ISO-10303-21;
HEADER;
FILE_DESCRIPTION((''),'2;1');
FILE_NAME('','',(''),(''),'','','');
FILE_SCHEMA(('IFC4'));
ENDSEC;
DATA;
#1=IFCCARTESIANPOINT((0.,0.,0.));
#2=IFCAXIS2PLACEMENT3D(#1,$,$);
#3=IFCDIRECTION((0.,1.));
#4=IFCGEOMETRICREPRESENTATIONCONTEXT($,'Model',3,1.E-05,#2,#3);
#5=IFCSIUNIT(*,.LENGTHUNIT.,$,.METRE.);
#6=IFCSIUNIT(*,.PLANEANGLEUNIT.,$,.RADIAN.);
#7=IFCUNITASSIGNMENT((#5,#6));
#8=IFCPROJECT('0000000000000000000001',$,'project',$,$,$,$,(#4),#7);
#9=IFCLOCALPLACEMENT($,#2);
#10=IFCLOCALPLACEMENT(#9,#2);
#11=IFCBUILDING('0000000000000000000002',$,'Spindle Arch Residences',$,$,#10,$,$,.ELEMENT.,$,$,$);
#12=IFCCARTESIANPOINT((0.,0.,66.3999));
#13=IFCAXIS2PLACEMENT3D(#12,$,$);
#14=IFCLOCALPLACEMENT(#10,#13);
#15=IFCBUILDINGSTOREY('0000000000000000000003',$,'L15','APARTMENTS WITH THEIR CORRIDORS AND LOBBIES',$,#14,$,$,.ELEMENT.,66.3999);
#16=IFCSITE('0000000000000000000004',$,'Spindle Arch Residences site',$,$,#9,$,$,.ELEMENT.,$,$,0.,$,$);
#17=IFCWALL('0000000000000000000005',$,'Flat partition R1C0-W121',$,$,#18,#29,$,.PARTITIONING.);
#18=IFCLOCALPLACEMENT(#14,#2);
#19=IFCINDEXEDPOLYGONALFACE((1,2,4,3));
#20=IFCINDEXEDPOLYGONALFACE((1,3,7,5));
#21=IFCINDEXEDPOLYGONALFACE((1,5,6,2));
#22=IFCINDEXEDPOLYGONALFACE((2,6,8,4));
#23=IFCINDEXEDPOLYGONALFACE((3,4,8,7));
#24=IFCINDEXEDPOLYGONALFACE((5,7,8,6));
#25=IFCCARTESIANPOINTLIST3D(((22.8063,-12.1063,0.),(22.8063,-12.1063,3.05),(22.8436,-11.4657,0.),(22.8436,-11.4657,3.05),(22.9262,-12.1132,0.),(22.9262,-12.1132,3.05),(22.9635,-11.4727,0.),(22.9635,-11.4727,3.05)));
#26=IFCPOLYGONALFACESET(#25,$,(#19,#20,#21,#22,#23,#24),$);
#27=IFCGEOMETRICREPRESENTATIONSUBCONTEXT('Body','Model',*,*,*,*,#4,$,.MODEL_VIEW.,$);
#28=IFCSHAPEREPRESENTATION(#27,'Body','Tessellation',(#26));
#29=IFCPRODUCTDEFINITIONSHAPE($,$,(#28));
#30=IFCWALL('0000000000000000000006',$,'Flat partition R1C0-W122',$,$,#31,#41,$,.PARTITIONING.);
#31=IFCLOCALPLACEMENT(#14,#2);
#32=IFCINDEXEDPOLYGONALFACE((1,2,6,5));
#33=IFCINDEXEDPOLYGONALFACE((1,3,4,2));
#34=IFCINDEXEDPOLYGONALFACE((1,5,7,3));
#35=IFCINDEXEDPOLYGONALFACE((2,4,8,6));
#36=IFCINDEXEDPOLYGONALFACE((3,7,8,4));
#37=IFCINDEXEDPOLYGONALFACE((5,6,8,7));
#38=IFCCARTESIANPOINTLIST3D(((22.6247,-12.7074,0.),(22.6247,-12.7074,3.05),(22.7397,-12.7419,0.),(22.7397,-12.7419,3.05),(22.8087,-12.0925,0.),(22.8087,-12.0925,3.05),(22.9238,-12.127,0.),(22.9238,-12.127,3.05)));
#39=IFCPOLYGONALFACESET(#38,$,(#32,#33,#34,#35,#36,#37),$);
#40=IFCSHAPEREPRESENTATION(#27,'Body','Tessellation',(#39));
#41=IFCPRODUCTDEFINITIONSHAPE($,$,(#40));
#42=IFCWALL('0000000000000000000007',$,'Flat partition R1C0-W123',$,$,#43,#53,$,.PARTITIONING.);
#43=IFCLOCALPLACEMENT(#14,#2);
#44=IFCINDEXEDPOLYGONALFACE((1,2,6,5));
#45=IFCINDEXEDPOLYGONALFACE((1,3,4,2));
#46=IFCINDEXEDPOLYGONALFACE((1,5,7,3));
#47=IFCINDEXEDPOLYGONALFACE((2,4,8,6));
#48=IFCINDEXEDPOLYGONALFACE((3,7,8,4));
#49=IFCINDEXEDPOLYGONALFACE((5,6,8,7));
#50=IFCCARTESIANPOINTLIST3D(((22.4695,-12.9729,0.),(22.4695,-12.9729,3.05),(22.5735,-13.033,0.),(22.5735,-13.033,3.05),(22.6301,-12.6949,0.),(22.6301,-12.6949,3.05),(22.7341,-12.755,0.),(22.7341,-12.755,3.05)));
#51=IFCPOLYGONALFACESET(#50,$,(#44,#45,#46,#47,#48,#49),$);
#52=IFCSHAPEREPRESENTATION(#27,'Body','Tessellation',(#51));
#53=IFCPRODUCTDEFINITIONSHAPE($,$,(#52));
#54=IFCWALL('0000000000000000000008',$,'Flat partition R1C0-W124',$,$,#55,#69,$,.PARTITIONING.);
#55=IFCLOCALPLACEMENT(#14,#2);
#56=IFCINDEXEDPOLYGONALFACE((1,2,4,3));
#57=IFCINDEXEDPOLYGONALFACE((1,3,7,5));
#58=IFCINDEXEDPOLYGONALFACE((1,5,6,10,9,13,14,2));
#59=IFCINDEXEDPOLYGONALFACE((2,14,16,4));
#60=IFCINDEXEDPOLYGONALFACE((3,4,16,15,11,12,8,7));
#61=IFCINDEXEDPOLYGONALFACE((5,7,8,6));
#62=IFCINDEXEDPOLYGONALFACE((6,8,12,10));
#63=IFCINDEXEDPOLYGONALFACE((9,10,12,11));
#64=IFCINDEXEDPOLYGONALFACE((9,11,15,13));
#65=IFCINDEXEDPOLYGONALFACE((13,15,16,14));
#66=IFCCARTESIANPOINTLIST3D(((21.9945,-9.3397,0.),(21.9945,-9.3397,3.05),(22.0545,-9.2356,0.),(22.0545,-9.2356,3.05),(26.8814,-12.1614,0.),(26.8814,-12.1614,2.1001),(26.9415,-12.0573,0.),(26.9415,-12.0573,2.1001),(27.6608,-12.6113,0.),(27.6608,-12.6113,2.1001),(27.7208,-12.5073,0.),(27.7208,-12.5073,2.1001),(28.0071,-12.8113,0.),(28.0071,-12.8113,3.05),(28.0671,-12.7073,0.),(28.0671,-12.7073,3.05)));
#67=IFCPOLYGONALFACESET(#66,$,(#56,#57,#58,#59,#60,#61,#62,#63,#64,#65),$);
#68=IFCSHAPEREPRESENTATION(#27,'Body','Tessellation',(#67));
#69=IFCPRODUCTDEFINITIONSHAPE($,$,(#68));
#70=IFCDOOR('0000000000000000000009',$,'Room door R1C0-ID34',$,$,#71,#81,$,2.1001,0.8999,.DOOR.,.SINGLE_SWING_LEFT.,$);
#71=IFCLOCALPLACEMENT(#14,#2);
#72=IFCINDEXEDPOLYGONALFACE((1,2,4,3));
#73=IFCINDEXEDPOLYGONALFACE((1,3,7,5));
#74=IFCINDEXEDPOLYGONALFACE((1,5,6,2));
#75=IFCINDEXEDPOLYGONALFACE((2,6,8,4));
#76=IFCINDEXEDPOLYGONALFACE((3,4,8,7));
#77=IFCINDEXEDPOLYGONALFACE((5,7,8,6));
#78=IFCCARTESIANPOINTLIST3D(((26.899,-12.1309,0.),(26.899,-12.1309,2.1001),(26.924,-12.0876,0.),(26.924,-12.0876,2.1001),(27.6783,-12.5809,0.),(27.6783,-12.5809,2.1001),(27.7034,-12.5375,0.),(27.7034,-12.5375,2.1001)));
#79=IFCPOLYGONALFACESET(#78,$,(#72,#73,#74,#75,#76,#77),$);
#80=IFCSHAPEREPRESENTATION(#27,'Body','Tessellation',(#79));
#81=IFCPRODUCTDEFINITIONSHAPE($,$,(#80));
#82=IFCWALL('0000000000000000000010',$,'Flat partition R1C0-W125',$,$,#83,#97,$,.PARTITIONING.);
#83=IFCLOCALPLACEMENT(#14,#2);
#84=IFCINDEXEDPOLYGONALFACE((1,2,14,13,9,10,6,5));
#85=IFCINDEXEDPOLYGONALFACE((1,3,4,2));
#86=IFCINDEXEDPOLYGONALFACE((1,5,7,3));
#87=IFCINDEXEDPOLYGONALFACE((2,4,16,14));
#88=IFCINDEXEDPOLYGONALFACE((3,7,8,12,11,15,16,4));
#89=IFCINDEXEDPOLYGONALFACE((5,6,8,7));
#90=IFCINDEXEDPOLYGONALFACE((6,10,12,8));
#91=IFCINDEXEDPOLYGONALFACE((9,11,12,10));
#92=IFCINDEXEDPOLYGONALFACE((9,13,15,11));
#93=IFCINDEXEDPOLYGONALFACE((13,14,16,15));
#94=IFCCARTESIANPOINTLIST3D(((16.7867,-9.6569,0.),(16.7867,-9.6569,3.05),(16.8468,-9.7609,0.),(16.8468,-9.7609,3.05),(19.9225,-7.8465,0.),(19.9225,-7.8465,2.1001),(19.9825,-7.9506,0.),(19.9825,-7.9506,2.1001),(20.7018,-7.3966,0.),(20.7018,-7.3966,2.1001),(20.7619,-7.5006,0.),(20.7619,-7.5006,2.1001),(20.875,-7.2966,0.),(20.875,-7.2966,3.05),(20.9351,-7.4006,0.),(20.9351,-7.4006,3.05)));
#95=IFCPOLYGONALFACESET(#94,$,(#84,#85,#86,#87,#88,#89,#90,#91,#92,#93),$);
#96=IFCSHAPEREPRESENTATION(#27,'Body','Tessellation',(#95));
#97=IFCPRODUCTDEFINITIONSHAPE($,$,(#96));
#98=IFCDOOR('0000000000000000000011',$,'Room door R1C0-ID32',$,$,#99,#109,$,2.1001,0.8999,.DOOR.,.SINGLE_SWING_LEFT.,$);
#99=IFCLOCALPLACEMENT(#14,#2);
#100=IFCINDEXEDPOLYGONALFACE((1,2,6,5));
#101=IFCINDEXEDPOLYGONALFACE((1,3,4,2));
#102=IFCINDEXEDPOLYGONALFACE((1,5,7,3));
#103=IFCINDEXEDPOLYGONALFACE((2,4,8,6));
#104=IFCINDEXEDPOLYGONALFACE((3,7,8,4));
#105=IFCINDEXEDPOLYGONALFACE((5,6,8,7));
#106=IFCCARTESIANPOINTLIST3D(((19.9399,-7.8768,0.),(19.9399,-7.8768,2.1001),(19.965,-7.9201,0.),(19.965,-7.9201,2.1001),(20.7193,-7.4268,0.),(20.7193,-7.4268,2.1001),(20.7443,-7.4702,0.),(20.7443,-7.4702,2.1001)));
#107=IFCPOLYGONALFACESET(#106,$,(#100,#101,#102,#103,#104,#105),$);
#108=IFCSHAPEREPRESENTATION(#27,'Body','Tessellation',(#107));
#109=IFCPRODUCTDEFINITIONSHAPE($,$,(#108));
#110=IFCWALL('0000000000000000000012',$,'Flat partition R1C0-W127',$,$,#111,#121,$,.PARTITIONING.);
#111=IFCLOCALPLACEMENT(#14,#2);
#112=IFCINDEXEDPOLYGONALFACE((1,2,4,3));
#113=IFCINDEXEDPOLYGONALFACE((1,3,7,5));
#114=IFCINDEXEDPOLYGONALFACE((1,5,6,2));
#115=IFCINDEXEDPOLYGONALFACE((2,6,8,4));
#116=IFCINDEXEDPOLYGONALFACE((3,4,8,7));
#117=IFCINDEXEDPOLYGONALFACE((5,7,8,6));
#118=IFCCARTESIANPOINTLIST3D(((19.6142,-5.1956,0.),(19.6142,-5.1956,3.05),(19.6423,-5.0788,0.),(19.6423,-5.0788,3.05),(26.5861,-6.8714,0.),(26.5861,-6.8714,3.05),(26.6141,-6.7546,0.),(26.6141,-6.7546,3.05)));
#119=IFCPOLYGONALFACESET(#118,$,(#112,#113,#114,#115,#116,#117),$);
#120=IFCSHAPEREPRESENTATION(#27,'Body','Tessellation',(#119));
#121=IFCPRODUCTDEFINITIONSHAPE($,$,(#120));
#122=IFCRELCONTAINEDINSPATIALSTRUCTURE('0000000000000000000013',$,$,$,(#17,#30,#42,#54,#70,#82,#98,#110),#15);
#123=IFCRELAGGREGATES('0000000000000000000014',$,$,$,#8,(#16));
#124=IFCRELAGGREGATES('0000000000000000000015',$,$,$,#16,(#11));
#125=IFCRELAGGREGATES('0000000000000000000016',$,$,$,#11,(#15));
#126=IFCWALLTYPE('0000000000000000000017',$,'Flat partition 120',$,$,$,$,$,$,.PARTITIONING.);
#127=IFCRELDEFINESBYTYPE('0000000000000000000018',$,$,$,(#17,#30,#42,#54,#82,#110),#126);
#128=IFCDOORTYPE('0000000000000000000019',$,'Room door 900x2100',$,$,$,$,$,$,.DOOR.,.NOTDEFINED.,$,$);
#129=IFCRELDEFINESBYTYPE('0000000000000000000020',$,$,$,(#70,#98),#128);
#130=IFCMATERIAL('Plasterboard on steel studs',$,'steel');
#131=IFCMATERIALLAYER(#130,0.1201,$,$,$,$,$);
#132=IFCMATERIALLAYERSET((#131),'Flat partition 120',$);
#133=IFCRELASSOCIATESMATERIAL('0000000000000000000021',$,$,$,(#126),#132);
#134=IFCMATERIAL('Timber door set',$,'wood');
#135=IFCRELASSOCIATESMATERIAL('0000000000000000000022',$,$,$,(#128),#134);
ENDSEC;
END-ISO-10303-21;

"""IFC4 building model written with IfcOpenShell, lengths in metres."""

from ifc_helpers import new_model, si_unit, direction, frame, frame_2d, origin, place, context, subcontext, project, spatial, rectangle, extrude, material, layer, layer_set, type_object, element, fill, save


model = new_model("IFC4")

# Units and contexts
model_context = context("Model", 3, precision=1e-05, world=origin(), true_north=direction((0.0, 1.0)))
body_context = subcontext(model_context, "Body", "Model", "MODEL_VIEW")
ifc_project = project(units=[si_unit("LENGTHUNIT", "METRE"), si_unit("PLANEANGLEUNIT", "RADIAN")], contexts=[model_context])

# Site, building, storey
site_placement = place(None, origin())
site = spatial("IfcSite", under=ifc_project, at=site_placement, Name="Spindle Arch Residences site", CompositionType="ELEMENT", RefElevation=0.0)
building_placement = place(site_placement, origin())
building = spatial("IfcBuilding", under=site, at=building_placement, Name="Spindle Arch Residences", CompositionType="ELEMENT")
storey_placement = place(building_placement, frame((0.0, 0.0, 66.3999)))
storey = spatial("IfcBuildingStorey", under=building, at=storey_placement, Name="L15", Description="APARTMENTS WITH THEIR CORRIDORS AND LOBBIES", CompositionType="ELEMENT", Elevation=66.3999)

# Walls
ifc_material_1 = material(Name="Plasterboard on steel studs", Category="steel")
ifc_layer_1 = layer(ifc_material_1, 0.1201)
ifc_layer_set_1 = layer_set([ifc_layer_1], Name="Flat partition 120")
wall_type = type_object("IfcWallType", Name="Flat partition 120", PredefinedType="PARTITIONING", material=ifc_layer_set_1)
wall_1_placement = place(storey_placement, frame((22.9036, -11.4692, 0.0), z_axis=(0.0, 0.0, 1.0), x_axis=(-0.058209, -0.998304, 0.0)))
element("IfcWall", 1, at=wall_1_placement, inside=storey, type_object=wall_type, Name="Flat partition R1C0-W121", PredefinedType="PARTITIONING", context=body_context, shape_type="SweptSolid", body=[
    extrude(rectangle(XDim=0.6416, YDim=0.1201, at=frame_2d((0.3208, 0.0))), origin(), (0.0, 0.0, 1.0), 3.05),
])
wall_2_placement = place(storey_placement, frame((22.8662, -12.1099, 0.0), z_axis=(0.0, 0.0, 1.0), x_axis=(-0.286755, -0.958004, 0.0)))
element("IfcWall", 2, at=wall_2_placement, inside=storey, type_object=wall_type, Name="Flat partition R1C0-W122", PredefinedType="PARTITIONING", context=body_context, shape_type="SweptSolid", body=[
    extrude(rectangle(XDim=0.6418, YDim=0.1201, at=frame_2d((0.3208, 0.0))), origin(), (0.0, 0.0, 1.0), 3.05),
])
wall_3_placement = place(storey_placement, frame((22.6821, -12.7249, 0.0), z_axis=(0.0, 0.0, 1.0), x_axis=(-0.500227, -0.865894, 0.0)))
element("IfcWall", 3, at=wall_3_placement, inside=storey, type_object=wall_type, Name="Flat partition R1C0-W123", PredefinedType="PARTITIONING", context=body_context, shape_type="SweptSolid", body=[
    extrude(rectangle(XDim=0.321, YDim=0.1201, at=frame_2d((0.1606, 0.0))), origin(), (0.0, 0.0, 1.0), 3.05),
])

# Walls, openings, doors
wall_4_placement = place(storey_placement, frame((28.0371, -12.7593, 0.0), z_axis=(0.0, 0.0, 1.0), x_axis=(-0.86601, 0.500027, 0.0)))
wall_4 = element("IfcWall", 4, at=wall_4_placement, inside=storey, type_object=wall_type, Name="Flat partition R1C0-W124", PredefinedType="PARTITIONING", context=body_context, shape_type="SweptSolid", body=[
    extrude(rectangle(XDim=6.9429, YDim=0.1201, at=frame_2d((3.4714, 0.0))), origin(), (0.0, 0.0, 1.0), 3.05),
])
opening_1_placement = place(wall_4_placement, frame((0.3999, 0.0, 0.0)))
opening_1 = element("IfcOpeningElement", 5, at=opening_1_placement, cuts=wall_4, PredefinedType="OPENING", context=body_context, shape_type="SweptSolid", body=[
    extrude(rectangle(XDim=0.8999, YDim=2.1001, at=frame_2d((0.45, 1.05))), frame((0.0, 0.0701, 0.0), z_axis=(0.0, -1.0, 0.0), x_axis=(1.0, 0.0, 0.0)), (0.0, 0.0, 1.0), 0.1401),
])
ifc_material_2 = material(Name="Timber door set", Category="wood")
door_type = type_object("IfcDoorType", Name="Room door 900x2100", OperationType="NOTDEFINED", PredefinedType="DOOR", material=ifc_material_2)
door_1_placement = place(opening_1_placement, origin())
door_1 = element("IfcDoor", 6, at=door_1_placement, inside=storey, type_object=door_type, Name="Room door R1C0-ID34", OperationType="SINGLE_SWING_LEFT", OverallHeight=2.1001, OverallWidth=0.8999, PredefinedType="DOOR", context=body_context, shape_type="SweptSolid", body=[
    extrude(rectangle(XDim=0.8999, YDim=2.1001, at=frame_2d((0.45, 1.05))), frame((0.0, 0.0249, 0.0), z_axis=(0.0, -1.0, 0.0), x_axis=(1.0, 0.0, 0.0)), (0.0, 0.0, 1.0), 0.05),
])
fill(opening_1, door_1)
wall_5_placement = place(storey_placement, frame((20.905, -7.3486, 0.0), z_axis=(0.0, 0.0, 1.0), x_axis=(-0.866032, -0.499988, 0.0)))
wall_5 = element("IfcWall", 7, at=wall_5_placement, inside=storey, type_object=wall_type, Name="Flat partition R1C0-W125", PredefinedType="PARTITIONING", context=body_context, shape_type="SweptSolid", body=[
    extrude(rectangle(XDim=4.7207, YDim=0.1201, at=frame_2d((2.3604, 0.0))), origin(), (0.0, 0.0, 1.0), 3.05),
])
opening_2_placement = place(wall_5_placement, frame((0.2, 0.0, 0.0)))
opening_2 = element("IfcOpeningElement", 8, at=opening_2_placement, cuts=wall_5, PredefinedType="OPENING", context=body_context, shape_type="SweptSolid", body=[
    extrude(rectangle(XDim=0.8999, YDim=2.1001, at=frame_2d((0.45, 1.05))), frame((0.0, 0.0701, 0.0), z_axis=(0.0, -1.0, 0.0), x_axis=(1.0, 0.0, 0.0)), (0.0, 0.0, 1.0), 0.1401),
])
door_2_placement = place(opening_2_placement, origin())
door_2 = element("IfcDoor", 9, at=door_2_placement, inside=storey, type_object=door_type, Name="Room door R1C0-ID32", OperationType="SINGLE_SWING_LEFT", OverallHeight=2.1001, OverallWidth=0.8999, PredefinedType="DOOR", context=body_context, shape_type="SweptSolid", body=[
    extrude(rectangle(XDim=0.8999, YDim=2.1001, at=frame_2d((0.45, 1.05))), frame((0.0, 0.0249, 0.0), z_axis=(0.0, -1.0, 0.0), x_axis=(1.0, 0.0, 0.0)), (0.0, 0.0, 1.0), 0.05),
])
fill(opening_2, door_2)

# Wall
wall_6_placement = place(storey_placement, frame((26.6001, -6.813, 0.0), z_axis=(0.0, 0.0, 1.0), x_axis=(-0.972308, 0.233705, 0.0)))
element("IfcWall", 10, at=wall_6_placement, inside=storey, type_object=wall_type, Name="Flat partition R1C0-W127", PredefinedType="PARTITIONING", context=body_context, shape_type="SweptSolid", body=[
    extrude(rectangle(XDim=7.1704, YDim=0.1201, at=frame_2d((3.5852, 0.0))), origin(), (0.0, 0.0, 1.0), 3.05),
])

save(model, "model.ifc")
